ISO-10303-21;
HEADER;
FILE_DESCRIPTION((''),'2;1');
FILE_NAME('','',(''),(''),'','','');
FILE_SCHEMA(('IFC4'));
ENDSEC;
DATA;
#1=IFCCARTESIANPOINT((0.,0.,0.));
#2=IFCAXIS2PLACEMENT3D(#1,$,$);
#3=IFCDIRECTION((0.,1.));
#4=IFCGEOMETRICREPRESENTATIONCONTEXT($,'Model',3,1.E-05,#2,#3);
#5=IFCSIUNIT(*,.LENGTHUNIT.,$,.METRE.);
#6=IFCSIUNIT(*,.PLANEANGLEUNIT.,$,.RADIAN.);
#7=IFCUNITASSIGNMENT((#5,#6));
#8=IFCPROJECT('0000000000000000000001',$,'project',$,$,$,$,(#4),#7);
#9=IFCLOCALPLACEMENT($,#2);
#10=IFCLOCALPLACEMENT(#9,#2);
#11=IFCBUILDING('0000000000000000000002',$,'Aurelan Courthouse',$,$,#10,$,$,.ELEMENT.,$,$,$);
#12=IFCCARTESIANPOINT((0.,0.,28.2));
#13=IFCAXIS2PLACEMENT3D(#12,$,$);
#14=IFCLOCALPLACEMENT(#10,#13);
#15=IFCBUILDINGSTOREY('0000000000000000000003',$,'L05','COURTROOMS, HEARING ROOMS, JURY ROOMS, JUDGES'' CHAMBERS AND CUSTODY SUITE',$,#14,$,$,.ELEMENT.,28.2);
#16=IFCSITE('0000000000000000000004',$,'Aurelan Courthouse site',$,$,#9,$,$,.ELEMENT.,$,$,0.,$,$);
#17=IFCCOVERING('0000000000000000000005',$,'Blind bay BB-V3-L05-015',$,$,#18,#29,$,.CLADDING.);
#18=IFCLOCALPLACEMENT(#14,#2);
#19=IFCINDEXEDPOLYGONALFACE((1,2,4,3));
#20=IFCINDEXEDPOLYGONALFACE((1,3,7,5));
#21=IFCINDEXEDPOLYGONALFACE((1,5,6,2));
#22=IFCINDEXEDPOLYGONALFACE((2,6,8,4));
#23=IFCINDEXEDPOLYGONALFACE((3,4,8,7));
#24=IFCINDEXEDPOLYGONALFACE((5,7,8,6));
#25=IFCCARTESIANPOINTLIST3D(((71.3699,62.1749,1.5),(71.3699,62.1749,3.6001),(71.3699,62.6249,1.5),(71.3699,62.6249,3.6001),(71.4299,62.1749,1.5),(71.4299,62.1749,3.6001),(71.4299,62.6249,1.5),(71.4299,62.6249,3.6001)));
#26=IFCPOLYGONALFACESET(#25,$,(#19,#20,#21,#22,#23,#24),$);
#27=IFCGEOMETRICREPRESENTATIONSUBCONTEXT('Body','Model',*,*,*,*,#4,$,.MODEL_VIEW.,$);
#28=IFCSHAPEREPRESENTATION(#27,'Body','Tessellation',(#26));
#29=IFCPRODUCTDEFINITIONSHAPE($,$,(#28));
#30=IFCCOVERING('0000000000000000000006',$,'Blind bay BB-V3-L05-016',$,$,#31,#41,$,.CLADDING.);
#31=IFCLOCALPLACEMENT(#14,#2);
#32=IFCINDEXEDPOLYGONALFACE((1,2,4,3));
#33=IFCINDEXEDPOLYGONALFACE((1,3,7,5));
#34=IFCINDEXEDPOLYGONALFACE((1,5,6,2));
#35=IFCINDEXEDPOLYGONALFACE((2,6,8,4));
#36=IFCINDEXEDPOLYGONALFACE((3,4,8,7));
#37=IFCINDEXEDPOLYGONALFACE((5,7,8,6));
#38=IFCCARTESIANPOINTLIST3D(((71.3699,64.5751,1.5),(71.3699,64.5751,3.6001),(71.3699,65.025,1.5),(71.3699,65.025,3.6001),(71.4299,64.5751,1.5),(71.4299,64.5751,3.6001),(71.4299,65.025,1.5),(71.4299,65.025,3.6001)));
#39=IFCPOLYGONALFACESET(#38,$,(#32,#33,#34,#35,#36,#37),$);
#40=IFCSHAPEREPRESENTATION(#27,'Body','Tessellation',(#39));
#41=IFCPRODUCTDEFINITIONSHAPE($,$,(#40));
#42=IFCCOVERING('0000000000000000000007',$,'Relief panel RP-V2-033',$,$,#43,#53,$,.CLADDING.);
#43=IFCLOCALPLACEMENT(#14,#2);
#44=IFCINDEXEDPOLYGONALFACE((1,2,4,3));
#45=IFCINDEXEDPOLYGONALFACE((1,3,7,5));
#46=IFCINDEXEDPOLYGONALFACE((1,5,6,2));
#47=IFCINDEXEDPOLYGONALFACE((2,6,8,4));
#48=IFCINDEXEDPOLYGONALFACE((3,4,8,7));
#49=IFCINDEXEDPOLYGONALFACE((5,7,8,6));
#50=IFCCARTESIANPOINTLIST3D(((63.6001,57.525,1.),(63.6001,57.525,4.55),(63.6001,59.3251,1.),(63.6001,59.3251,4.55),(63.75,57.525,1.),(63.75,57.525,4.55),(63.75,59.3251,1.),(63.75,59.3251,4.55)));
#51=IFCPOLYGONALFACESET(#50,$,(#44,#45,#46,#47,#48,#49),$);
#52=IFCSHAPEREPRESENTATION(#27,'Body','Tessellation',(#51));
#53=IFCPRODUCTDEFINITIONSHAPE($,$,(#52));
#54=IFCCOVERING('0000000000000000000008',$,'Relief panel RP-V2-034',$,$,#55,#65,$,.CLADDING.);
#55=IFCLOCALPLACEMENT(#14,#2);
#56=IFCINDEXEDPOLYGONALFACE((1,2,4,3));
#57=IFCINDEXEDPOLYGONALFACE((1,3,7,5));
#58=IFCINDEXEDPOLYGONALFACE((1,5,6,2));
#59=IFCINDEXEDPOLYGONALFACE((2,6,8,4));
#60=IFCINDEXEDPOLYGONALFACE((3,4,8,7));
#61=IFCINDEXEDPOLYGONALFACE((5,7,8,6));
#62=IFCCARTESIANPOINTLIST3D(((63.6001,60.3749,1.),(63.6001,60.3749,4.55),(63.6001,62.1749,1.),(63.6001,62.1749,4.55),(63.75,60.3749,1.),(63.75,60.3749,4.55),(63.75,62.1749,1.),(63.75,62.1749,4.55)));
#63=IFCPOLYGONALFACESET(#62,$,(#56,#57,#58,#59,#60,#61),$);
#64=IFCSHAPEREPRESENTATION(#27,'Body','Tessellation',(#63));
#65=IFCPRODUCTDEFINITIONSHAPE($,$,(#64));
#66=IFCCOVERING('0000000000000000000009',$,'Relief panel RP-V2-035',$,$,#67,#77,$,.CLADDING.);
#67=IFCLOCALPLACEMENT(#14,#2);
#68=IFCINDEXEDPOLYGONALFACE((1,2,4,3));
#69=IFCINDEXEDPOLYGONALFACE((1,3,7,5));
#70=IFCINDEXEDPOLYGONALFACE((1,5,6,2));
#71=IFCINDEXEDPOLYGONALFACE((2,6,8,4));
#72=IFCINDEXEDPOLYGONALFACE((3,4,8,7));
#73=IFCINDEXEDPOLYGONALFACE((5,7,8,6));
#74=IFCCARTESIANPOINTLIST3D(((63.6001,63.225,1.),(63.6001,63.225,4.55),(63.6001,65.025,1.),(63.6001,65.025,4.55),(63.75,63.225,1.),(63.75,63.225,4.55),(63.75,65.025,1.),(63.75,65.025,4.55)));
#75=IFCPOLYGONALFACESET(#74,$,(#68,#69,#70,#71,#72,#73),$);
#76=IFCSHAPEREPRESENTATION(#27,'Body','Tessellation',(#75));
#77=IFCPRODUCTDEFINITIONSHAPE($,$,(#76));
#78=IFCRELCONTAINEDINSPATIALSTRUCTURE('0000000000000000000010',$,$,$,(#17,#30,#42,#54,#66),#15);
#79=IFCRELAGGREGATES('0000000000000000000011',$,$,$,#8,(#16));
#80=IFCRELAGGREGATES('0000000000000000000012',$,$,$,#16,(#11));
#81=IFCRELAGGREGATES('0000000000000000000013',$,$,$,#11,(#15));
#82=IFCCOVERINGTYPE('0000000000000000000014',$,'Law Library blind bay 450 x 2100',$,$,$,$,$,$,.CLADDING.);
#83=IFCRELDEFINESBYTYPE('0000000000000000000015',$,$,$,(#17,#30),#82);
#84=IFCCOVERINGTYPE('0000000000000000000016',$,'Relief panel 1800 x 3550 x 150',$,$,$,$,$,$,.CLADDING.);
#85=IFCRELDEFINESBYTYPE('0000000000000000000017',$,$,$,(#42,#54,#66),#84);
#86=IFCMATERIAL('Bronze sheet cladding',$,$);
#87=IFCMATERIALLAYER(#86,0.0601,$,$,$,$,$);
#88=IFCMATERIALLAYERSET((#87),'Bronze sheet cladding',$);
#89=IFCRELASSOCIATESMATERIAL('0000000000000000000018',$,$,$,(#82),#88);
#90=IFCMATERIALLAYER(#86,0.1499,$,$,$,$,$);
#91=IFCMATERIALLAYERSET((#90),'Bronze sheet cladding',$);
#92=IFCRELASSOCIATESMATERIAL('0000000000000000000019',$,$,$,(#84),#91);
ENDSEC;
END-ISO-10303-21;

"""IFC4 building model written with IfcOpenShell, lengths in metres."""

from ifc_helpers import new_model, si_unit, direction, frame, origin, origin_2d, place, context, subcontext, project, spatial, rectangle, extrude, material, layer, layer_set, type_object, element, save


model = new_model("IFC4")

# Units and contexts
model_context = context("Model", 3, precision=1e-05, world=origin(), true_north=direction((0.0, 1.0)))
body_context = subcontext(model_context, "Body", "Model", "MODEL_VIEW")
ifc_project = project(units=[si_unit("LENGTHUNIT", "METRE"), si_unit("PLANEANGLEUNIT", "RADIAN")], contexts=[model_context])

# Site, building, storey
site_placement = place(None, origin())
site = spatial("IfcSite", under=ifc_project, at=site_placement, Name="Aurelan Courthouse site", CompositionType="ELEMENT", RefElevation=0.0)
building_placement = place(site_placement, origin())
building = spatial("IfcBuilding", under=site, at=building_placement, Name="Aurelan Courthouse", CompositionType="ELEMENT")
storey_placement = place(building_placement, frame((0.0, 0.0, 28.2)))
storey = spatial("IfcBuildingStorey", under=building, at=storey_placement, Name="L05", Description="COURTROOMS, HEARING ROOMS, JURY ROOMS, JUDGES' CHAMBERS AND CUSTODY SUITE", CompositionType="ELEMENT", Elevation=28.2)

# Coverings
ifc_material_1 = material(Name="Bronze sheet cladding")
ifc_layer_1 = layer(ifc_material_1, 0.0601)
ifc_layer_set_1 = layer_set([ifc_layer_1], Name="Bronze sheet cladding")
covering_type_1 = type_object("IfcCoveringType", Name="Law Library blind bay 450 x 2100", PredefinedType="CLADDING", material=ifc_layer_set_1)
for number, where, z_axis, x_axis, name in (
    (1, (71.3999, 62.3999, 1.5), (0.0, 0.0, 1.0), (1.0, 0.0, 0.0), "Blind bay BB-V3-L05-015"),
    (2, (71.3999, 64.8, 1.5), (0.0, 0.0, 1.0), (1.0, 0.0, 0.0), "Blind bay BB-V3-L05-016"),
):
    element("IfcCovering", number, at=place(storey_placement, frame(where, z_axis=z_axis, x_axis=x_axis)), inside=storey, type_object=covering_type_1, Name=name, PredefinedType="CLADDING", context=body_context, shape_type="SweptSolid", body=[
        extrude(rectangle(XDim=0.0601, YDim=0.45, at=origin_2d()), origin(), (0.0, 0.0, 1.0), 2.1001),
    ])
ifc_layer_2 = layer(ifc_material_1, 0.1499)
ifc_layer_set_2 = layer_set([ifc_layer_2], Name="Bronze sheet cladding")
covering_type_2 = type_object("IfcCoveringType", Name="Relief panel 1800 x 3550 x 150", PredefinedType="CLADDING", material=ifc_layer_set_2)
for number, where, z_axis, x_axis, name in (
    (3, (63.675, 58.425, 1.0), (0.0, 0.0, 1.0), (1.0, 0.0, 0.0), "Relief panel RP-V2-033"),
    (4, (63.675, 61.2749, 1.0), (0.0, 0.0, 1.0), (1.0, 0.0, 0.0), "Relief panel RP-V2-034"),
    (5, (63.675, 64.125, 1.0), (0.0, 0.0, 1.0), (1.0, 0.0, 0.0), "Relief panel RP-V2-035"),
):
    element("IfcCovering", number, at=place(storey_placement, frame(where, z_axis=z_axis, x_axis=x_axis)), inside=storey, type_object=covering_type_2, Name=name, PredefinedType="CLADDING", context=body_context, shape_type="SweptSolid", body=[
        extrude(rectangle(XDim=0.1499, YDim=1.8, at=origin_2d()), origin(), (0.0, 0.0, 1.0), 3.55),
    ])

save(model, "model.ifc")
